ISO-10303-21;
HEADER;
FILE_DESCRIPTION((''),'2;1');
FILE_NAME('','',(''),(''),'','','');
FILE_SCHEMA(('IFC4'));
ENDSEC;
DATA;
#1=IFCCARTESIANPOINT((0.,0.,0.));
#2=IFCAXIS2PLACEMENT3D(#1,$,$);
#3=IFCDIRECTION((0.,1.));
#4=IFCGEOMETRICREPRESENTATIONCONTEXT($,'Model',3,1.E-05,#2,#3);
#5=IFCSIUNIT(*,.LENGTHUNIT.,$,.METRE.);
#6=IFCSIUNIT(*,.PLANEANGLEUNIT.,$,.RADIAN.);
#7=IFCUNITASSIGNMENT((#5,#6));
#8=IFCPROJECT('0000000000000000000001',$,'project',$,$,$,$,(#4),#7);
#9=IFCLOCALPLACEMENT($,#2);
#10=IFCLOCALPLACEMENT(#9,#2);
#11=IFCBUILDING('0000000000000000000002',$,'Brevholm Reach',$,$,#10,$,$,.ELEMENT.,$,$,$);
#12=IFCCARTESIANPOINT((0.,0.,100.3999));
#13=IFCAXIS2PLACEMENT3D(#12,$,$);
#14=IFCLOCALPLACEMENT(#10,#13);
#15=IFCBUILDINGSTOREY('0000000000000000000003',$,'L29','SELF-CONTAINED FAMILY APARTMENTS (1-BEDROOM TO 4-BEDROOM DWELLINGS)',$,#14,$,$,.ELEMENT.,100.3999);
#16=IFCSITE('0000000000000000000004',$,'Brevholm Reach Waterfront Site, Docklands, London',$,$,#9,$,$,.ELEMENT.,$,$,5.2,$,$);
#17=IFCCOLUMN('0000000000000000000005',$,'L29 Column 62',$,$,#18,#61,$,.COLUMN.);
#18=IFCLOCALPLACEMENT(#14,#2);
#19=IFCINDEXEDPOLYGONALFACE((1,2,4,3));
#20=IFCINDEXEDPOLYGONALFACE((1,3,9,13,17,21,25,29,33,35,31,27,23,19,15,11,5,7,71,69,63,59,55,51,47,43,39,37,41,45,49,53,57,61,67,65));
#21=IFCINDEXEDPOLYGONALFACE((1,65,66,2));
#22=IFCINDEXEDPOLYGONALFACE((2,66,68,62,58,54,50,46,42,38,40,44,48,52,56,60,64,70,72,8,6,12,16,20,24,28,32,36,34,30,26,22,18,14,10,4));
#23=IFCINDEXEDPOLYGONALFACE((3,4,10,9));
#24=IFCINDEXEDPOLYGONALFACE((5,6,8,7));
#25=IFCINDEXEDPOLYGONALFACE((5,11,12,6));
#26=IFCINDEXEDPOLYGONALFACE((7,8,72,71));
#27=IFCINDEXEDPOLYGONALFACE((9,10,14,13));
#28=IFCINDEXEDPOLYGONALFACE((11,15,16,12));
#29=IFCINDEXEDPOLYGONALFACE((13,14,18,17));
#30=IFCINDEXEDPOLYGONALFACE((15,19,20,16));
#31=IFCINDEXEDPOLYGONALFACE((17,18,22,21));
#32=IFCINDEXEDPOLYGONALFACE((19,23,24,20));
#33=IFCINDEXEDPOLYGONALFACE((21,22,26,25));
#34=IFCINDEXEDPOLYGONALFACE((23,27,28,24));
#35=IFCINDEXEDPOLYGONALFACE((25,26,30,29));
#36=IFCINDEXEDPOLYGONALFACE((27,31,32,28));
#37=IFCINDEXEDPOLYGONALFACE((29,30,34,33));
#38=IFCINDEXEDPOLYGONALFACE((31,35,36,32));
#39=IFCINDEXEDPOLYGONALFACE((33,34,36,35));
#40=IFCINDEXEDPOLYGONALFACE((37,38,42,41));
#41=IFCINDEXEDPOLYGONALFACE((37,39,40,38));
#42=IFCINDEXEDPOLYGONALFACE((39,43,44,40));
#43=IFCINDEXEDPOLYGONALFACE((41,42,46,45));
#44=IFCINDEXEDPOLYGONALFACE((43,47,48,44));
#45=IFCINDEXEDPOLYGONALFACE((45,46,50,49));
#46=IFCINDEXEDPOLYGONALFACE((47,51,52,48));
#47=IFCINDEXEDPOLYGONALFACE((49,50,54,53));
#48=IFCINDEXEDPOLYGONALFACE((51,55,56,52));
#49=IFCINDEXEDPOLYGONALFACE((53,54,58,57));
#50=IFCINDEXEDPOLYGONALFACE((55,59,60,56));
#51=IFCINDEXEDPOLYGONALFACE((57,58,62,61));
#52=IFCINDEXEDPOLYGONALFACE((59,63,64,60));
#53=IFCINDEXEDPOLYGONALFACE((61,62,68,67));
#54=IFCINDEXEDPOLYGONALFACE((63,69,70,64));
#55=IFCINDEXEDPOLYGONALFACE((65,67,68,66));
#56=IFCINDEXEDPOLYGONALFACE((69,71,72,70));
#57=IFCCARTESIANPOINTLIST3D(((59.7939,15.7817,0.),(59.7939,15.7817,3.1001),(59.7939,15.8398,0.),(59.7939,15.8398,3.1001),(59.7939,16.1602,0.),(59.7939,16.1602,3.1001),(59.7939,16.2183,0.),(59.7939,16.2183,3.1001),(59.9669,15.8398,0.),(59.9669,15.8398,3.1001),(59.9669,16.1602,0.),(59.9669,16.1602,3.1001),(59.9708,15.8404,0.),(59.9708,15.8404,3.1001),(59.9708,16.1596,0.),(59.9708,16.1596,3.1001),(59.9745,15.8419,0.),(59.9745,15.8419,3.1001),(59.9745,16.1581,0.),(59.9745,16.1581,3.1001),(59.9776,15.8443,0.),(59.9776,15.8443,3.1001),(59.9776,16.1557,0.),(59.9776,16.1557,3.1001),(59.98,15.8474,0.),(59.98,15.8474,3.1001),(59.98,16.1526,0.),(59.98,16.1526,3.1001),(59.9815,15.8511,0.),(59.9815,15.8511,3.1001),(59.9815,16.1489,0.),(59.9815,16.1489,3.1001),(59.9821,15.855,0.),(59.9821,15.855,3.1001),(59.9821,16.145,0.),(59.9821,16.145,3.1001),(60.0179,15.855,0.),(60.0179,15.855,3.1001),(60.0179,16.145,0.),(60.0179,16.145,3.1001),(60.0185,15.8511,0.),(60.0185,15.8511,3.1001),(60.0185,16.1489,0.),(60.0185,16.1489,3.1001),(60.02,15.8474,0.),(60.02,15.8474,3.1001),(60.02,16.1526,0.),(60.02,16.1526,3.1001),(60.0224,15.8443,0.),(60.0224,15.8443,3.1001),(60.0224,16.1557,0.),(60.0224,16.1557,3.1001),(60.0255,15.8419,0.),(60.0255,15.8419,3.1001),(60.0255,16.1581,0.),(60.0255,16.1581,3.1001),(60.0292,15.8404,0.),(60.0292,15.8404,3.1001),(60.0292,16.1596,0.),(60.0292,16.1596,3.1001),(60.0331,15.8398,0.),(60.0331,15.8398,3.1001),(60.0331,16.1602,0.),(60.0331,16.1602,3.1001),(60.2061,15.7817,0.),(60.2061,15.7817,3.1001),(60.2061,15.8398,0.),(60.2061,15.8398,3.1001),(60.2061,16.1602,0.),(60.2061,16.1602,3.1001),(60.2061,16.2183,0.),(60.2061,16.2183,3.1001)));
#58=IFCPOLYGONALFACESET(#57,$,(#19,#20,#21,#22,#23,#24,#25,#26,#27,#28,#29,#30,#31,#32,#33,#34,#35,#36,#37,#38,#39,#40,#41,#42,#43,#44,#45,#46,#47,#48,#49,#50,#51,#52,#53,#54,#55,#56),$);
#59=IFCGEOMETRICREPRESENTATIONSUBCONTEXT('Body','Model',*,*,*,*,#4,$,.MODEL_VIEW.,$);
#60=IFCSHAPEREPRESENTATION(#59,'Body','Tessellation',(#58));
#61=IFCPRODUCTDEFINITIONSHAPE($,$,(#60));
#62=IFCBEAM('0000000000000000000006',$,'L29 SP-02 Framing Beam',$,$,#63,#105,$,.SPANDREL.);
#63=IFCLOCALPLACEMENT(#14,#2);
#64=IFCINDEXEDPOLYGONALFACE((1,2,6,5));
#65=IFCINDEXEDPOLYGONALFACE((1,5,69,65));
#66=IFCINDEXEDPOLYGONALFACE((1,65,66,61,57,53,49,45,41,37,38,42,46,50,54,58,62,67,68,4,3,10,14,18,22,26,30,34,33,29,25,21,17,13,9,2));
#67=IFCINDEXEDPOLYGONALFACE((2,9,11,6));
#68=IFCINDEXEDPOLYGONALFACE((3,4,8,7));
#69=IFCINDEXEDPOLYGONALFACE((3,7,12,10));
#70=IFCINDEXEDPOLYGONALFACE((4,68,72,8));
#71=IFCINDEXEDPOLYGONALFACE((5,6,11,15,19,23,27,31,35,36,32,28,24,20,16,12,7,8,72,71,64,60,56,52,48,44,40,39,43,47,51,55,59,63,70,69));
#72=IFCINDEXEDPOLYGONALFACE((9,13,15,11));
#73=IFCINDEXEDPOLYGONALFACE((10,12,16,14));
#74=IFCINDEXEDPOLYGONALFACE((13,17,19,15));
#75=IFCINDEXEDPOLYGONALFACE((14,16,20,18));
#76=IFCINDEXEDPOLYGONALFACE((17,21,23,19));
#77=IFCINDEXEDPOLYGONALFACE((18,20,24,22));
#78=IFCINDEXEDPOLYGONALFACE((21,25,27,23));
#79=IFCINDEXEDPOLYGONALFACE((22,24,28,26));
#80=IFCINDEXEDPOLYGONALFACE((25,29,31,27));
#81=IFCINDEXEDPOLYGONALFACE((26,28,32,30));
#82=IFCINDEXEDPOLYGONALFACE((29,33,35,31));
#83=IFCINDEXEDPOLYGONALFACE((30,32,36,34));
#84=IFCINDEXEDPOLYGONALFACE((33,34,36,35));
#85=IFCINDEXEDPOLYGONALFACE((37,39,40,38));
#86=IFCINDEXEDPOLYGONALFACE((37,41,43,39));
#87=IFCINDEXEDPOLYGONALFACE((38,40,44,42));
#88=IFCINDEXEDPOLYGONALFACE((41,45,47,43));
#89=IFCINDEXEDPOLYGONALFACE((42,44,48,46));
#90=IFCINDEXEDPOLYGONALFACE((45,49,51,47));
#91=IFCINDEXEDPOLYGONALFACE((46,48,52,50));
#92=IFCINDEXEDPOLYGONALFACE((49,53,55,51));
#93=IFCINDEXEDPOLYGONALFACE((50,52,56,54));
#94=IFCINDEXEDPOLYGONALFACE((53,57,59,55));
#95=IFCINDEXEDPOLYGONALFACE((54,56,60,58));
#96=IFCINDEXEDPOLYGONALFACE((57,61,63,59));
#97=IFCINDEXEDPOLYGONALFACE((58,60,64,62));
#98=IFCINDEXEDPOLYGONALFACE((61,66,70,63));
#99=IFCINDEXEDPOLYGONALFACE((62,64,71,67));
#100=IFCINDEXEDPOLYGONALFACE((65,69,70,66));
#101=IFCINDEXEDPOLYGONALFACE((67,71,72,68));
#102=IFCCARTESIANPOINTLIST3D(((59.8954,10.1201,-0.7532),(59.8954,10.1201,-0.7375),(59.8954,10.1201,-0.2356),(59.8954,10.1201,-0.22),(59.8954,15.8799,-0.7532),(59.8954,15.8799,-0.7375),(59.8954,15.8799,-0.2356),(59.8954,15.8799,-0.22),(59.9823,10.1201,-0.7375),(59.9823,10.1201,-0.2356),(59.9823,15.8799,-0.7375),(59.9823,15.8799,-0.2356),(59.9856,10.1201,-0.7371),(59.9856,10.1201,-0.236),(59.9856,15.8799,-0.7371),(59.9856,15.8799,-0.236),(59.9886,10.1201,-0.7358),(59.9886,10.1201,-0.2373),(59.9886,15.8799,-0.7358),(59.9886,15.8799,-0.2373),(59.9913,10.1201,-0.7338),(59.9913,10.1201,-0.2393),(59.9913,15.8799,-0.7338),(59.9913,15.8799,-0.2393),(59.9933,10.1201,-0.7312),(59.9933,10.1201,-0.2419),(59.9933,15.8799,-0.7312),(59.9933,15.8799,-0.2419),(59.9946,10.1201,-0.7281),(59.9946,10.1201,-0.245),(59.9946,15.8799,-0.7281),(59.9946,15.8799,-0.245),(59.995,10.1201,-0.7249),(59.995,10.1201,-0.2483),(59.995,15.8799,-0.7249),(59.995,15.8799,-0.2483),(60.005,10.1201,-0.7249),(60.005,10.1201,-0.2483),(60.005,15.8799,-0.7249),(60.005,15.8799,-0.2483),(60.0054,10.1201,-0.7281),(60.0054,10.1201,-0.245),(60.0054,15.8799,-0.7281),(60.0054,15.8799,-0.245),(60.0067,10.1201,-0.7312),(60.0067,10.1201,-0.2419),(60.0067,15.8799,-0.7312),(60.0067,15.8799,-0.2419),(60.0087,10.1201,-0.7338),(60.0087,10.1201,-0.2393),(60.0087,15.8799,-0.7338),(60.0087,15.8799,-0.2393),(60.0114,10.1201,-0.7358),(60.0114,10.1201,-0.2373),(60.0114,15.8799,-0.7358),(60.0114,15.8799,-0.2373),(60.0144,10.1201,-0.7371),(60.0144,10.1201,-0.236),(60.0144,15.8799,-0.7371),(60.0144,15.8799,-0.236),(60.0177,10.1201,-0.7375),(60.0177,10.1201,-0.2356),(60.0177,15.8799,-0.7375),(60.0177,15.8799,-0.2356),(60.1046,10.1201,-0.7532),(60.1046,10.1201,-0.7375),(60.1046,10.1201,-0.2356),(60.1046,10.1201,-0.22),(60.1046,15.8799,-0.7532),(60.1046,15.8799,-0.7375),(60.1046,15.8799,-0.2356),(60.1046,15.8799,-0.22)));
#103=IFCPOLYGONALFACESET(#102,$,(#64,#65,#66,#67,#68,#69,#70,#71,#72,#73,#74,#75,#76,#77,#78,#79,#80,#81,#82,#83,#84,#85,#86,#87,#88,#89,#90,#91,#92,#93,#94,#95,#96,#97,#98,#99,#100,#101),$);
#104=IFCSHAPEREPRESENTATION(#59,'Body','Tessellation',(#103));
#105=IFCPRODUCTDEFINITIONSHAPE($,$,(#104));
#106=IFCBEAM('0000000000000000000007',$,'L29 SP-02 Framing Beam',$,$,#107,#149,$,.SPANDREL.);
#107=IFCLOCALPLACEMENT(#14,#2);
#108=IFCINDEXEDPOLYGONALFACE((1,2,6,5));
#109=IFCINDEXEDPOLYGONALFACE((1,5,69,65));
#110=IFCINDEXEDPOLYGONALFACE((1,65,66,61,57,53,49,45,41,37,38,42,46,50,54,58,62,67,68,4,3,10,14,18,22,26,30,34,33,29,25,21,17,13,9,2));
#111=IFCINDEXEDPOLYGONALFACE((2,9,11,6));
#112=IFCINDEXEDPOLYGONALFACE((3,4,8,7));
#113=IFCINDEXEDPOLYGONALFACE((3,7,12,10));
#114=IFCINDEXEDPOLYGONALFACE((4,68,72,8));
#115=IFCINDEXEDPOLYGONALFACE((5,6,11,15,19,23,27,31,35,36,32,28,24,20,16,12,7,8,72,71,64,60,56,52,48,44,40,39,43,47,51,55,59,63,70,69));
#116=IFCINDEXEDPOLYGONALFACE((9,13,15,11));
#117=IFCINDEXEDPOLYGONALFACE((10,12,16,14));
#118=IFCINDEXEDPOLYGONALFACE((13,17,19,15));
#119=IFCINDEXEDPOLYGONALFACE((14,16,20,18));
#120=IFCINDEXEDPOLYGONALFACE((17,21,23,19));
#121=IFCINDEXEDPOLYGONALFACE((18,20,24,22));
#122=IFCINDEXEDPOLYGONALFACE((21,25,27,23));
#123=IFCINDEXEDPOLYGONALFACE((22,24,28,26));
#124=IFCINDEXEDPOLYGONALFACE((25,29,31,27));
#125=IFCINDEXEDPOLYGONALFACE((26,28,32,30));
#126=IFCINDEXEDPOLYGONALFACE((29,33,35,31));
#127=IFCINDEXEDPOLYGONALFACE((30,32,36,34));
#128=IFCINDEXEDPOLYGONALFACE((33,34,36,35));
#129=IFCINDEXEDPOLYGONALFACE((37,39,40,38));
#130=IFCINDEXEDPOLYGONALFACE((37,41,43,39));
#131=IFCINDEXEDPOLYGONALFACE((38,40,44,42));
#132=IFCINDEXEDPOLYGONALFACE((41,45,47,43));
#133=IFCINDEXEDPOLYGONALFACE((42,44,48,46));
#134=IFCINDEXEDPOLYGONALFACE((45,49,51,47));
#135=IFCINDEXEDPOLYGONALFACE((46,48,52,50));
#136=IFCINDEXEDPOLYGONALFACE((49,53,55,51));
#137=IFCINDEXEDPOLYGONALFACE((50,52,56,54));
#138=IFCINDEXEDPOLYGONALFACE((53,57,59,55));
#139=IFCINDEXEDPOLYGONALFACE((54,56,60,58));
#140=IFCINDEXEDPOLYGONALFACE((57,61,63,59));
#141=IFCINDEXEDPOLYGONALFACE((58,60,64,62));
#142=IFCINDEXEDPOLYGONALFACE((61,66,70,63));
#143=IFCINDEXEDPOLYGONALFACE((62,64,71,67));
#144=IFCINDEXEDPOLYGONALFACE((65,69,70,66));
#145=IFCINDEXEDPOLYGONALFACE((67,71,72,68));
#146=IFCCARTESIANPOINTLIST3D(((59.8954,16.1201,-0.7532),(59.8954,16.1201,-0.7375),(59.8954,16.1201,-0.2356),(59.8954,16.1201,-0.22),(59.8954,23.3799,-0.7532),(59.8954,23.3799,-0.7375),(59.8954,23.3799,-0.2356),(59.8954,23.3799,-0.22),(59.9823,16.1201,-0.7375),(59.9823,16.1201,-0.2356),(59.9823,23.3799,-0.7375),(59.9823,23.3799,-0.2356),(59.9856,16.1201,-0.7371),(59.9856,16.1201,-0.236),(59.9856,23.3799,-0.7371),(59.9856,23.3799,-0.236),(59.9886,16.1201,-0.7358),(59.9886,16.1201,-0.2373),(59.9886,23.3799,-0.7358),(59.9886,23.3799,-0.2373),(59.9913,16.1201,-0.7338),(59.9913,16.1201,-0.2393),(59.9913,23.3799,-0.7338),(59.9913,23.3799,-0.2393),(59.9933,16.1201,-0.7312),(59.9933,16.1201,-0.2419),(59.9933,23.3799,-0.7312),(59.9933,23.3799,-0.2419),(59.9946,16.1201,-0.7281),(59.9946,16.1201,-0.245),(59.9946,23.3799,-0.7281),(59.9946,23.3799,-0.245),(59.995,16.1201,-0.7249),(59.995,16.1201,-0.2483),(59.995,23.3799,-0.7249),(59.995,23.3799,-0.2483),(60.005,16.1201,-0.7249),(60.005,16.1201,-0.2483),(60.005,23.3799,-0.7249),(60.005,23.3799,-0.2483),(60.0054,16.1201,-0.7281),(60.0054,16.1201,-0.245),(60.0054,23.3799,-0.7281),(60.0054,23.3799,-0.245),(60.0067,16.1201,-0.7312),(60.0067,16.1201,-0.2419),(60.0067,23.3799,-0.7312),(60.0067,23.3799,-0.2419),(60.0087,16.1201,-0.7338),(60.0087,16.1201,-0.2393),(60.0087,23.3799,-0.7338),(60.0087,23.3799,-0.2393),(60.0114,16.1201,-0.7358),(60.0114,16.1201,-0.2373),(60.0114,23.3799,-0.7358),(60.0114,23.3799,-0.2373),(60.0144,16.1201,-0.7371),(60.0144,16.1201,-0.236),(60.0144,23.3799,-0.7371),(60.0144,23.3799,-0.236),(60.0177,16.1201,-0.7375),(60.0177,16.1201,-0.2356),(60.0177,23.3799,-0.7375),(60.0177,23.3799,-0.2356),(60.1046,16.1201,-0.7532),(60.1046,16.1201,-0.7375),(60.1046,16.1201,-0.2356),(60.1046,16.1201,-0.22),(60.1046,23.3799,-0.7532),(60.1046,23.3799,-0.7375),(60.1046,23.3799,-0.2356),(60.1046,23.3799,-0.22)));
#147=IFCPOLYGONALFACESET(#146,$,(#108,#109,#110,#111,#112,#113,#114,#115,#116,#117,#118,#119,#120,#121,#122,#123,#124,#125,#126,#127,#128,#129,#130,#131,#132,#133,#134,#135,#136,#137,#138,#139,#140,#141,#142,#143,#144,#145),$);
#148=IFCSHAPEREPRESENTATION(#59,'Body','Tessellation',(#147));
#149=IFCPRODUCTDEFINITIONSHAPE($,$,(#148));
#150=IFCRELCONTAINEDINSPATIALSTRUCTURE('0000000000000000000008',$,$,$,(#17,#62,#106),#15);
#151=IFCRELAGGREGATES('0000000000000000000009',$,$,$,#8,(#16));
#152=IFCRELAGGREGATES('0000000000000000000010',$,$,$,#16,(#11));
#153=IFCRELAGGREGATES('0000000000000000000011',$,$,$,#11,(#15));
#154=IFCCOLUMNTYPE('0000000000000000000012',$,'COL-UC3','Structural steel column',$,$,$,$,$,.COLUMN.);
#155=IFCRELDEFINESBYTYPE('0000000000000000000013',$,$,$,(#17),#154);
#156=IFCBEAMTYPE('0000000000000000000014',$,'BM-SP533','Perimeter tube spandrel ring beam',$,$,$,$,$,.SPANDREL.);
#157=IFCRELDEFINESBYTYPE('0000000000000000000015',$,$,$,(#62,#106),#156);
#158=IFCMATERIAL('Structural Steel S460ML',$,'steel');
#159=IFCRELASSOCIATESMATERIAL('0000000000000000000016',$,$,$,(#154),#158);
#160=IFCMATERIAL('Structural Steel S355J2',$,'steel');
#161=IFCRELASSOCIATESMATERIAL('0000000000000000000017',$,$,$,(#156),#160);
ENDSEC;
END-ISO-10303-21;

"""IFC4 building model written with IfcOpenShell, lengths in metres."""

from ifc_helpers import new_model, si_unit, direction, frame, origin, origin_2d, place, context, subcontext, project, spatial, i_section, extrude, material, material_profile, profile_set, type_object, element, save


model = new_model("IFC4")

# Units and contexts
model_context = context("Model", 3, precision=1e-05, world=origin(), true_north=direction((0.0, 1.0)))
body_context = subcontext(model_context, "Body", "Model", "MODEL_VIEW")
ifc_project = project(units=[si_unit("LENGTHUNIT", "METRE"), si_unit("PLANEANGLEUNIT", "RADIAN")], contexts=[model_context])

# Site, building, storey
site_placement = place(None, origin())
site = spatial("IfcSite", under=ifc_project, at=site_placement, Name="Brevholm Reach Waterfront Site, Docklands, London", CompositionType="ELEMENT", RefElevation=5.2)
building_placement = place(site_placement, origin())
building = spatial("IfcBuilding", under=site, at=building_placement, Name="Brevholm Reach", CompositionType="ELEMENT")
storey_placement = place(building_placement, frame((0.0, 0.0, 100.3999)))
storey = spatial("IfcBuildingStorey", under=building, at=storey_placement, Name="L29", Description="SELF-CONTAINED FAMILY APARTMENTS (1-BEDROOM TO 4-BEDROOM DWELLINGS)", CompositionType="ELEMENT", Elevation=100.3999)

# Column
ifc_material_1 = material(Name="Structural Steel S460ML", Category="steel")
ifc_material_profile_1 = material_profile(ifc_material_1, i_section(OverallWidth=0.4121, OverallDepth=0.4365, WebThickness=0.0359, FlangeThickness=0.0581, FilletRadius=0.0151, at=origin_2d()), Name="UKC 356x406x467")
ifc_profile_set_1 = profile_set([ifc_material_profile_1], Name="Structural Steel S460ML")
column_type = type_object("IfcColumnType", Name="COL-UC3", Description="Structural steel column", PredefinedType="COLUMN", material=ifc_profile_set_1)
column_placement = place(storey_placement, frame((60.0, 16.0, 0.0), z_axis=(0.0, 0.0, 1.0), x_axis=(1.0, 0.0, 0.0)))
element("IfcColumn", 1, at=column_placement, inside=storey, type_object=column_type, Name="L29 Column 62", PredefinedType="COLUMN", context=body_context, shape_type="SweptSolid", body=[
    extrude(i_section(OverallWidth=0.4121, OverallDepth=0.4365, WebThickness=0.0359, FlangeThickness=0.0581, FilletRadius=0.0151, at=origin_2d()), origin(), (0.0, 0.0, 1.0), 3.1001),
])

# Beams
ifc_material_2 = material(Name="Structural Steel S355J2", Category="steel")
ifc_material_profile_2 = material_profile(ifc_material_2, i_section(OverallWidth=0.2092, OverallDepth=0.5332, WebThickness=0.01, FlangeThickness=0.0156, FilletRadius=0.0127, at=origin_2d()), Name="UKB 533x210x92")
ifc_profile_set_2 = profile_set([ifc_material_profile_2], Name="Structural Steel S355J2")
beam_type = type_object("IfcBeamType", Name="BM-SP533", Description="Perimeter tube spandrel ring beam", PredefinedType="SPANDREL", material=ifc_profile_set_2)
beam_1_placement = place(storey_placement, frame((60.0, 10.1201, -0.4866), z_axis=(0.0, 1.0, 0.0), x_axis=(-1.0, 0.0, 0.0)))
element("IfcBeam", 2, at=beam_1_placement, inside=storey, type_object=beam_type, Name="L29 SP-02 Framing Beam", PredefinedType="SPANDREL", context=body_context, shape_type="SweptSolid", body=[
    extrude(i_section(OverallWidth=0.2092, OverallDepth=0.5332, WebThickness=0.01, FlangeThickness=0.0156, FilletRadius=0.0127, at=origin_2d()), origin(), (0.0, 0.0, 1.0), 5.7598),
])
beam_2_placement = place(storey_placement, frame((60.0, 16.1201, -0.4866), z_axis=(0.0, 1.0, 0.0), x_axis=(-1.0, 0.0, 0.0)))
element("IfcBeam", 3, at=beam_2_placement, inside=storey, type_object=beam_type, Name="L29 SP-02 Framing Beam", PredefinedType="SPANDREL", context=body_context, shape_type="SweptSolid", body=[
    extrude(i_section(OverallWidth=0.2092, OverallDepth=0.5332, WebThickness=0.01, FlangeThickness=0.0156, FilletRadius=0.0127, at=origin_2d()), origin(), (0.0, 0.0, 1.0), 7.2598),
])

save(model, "model.ifc")
